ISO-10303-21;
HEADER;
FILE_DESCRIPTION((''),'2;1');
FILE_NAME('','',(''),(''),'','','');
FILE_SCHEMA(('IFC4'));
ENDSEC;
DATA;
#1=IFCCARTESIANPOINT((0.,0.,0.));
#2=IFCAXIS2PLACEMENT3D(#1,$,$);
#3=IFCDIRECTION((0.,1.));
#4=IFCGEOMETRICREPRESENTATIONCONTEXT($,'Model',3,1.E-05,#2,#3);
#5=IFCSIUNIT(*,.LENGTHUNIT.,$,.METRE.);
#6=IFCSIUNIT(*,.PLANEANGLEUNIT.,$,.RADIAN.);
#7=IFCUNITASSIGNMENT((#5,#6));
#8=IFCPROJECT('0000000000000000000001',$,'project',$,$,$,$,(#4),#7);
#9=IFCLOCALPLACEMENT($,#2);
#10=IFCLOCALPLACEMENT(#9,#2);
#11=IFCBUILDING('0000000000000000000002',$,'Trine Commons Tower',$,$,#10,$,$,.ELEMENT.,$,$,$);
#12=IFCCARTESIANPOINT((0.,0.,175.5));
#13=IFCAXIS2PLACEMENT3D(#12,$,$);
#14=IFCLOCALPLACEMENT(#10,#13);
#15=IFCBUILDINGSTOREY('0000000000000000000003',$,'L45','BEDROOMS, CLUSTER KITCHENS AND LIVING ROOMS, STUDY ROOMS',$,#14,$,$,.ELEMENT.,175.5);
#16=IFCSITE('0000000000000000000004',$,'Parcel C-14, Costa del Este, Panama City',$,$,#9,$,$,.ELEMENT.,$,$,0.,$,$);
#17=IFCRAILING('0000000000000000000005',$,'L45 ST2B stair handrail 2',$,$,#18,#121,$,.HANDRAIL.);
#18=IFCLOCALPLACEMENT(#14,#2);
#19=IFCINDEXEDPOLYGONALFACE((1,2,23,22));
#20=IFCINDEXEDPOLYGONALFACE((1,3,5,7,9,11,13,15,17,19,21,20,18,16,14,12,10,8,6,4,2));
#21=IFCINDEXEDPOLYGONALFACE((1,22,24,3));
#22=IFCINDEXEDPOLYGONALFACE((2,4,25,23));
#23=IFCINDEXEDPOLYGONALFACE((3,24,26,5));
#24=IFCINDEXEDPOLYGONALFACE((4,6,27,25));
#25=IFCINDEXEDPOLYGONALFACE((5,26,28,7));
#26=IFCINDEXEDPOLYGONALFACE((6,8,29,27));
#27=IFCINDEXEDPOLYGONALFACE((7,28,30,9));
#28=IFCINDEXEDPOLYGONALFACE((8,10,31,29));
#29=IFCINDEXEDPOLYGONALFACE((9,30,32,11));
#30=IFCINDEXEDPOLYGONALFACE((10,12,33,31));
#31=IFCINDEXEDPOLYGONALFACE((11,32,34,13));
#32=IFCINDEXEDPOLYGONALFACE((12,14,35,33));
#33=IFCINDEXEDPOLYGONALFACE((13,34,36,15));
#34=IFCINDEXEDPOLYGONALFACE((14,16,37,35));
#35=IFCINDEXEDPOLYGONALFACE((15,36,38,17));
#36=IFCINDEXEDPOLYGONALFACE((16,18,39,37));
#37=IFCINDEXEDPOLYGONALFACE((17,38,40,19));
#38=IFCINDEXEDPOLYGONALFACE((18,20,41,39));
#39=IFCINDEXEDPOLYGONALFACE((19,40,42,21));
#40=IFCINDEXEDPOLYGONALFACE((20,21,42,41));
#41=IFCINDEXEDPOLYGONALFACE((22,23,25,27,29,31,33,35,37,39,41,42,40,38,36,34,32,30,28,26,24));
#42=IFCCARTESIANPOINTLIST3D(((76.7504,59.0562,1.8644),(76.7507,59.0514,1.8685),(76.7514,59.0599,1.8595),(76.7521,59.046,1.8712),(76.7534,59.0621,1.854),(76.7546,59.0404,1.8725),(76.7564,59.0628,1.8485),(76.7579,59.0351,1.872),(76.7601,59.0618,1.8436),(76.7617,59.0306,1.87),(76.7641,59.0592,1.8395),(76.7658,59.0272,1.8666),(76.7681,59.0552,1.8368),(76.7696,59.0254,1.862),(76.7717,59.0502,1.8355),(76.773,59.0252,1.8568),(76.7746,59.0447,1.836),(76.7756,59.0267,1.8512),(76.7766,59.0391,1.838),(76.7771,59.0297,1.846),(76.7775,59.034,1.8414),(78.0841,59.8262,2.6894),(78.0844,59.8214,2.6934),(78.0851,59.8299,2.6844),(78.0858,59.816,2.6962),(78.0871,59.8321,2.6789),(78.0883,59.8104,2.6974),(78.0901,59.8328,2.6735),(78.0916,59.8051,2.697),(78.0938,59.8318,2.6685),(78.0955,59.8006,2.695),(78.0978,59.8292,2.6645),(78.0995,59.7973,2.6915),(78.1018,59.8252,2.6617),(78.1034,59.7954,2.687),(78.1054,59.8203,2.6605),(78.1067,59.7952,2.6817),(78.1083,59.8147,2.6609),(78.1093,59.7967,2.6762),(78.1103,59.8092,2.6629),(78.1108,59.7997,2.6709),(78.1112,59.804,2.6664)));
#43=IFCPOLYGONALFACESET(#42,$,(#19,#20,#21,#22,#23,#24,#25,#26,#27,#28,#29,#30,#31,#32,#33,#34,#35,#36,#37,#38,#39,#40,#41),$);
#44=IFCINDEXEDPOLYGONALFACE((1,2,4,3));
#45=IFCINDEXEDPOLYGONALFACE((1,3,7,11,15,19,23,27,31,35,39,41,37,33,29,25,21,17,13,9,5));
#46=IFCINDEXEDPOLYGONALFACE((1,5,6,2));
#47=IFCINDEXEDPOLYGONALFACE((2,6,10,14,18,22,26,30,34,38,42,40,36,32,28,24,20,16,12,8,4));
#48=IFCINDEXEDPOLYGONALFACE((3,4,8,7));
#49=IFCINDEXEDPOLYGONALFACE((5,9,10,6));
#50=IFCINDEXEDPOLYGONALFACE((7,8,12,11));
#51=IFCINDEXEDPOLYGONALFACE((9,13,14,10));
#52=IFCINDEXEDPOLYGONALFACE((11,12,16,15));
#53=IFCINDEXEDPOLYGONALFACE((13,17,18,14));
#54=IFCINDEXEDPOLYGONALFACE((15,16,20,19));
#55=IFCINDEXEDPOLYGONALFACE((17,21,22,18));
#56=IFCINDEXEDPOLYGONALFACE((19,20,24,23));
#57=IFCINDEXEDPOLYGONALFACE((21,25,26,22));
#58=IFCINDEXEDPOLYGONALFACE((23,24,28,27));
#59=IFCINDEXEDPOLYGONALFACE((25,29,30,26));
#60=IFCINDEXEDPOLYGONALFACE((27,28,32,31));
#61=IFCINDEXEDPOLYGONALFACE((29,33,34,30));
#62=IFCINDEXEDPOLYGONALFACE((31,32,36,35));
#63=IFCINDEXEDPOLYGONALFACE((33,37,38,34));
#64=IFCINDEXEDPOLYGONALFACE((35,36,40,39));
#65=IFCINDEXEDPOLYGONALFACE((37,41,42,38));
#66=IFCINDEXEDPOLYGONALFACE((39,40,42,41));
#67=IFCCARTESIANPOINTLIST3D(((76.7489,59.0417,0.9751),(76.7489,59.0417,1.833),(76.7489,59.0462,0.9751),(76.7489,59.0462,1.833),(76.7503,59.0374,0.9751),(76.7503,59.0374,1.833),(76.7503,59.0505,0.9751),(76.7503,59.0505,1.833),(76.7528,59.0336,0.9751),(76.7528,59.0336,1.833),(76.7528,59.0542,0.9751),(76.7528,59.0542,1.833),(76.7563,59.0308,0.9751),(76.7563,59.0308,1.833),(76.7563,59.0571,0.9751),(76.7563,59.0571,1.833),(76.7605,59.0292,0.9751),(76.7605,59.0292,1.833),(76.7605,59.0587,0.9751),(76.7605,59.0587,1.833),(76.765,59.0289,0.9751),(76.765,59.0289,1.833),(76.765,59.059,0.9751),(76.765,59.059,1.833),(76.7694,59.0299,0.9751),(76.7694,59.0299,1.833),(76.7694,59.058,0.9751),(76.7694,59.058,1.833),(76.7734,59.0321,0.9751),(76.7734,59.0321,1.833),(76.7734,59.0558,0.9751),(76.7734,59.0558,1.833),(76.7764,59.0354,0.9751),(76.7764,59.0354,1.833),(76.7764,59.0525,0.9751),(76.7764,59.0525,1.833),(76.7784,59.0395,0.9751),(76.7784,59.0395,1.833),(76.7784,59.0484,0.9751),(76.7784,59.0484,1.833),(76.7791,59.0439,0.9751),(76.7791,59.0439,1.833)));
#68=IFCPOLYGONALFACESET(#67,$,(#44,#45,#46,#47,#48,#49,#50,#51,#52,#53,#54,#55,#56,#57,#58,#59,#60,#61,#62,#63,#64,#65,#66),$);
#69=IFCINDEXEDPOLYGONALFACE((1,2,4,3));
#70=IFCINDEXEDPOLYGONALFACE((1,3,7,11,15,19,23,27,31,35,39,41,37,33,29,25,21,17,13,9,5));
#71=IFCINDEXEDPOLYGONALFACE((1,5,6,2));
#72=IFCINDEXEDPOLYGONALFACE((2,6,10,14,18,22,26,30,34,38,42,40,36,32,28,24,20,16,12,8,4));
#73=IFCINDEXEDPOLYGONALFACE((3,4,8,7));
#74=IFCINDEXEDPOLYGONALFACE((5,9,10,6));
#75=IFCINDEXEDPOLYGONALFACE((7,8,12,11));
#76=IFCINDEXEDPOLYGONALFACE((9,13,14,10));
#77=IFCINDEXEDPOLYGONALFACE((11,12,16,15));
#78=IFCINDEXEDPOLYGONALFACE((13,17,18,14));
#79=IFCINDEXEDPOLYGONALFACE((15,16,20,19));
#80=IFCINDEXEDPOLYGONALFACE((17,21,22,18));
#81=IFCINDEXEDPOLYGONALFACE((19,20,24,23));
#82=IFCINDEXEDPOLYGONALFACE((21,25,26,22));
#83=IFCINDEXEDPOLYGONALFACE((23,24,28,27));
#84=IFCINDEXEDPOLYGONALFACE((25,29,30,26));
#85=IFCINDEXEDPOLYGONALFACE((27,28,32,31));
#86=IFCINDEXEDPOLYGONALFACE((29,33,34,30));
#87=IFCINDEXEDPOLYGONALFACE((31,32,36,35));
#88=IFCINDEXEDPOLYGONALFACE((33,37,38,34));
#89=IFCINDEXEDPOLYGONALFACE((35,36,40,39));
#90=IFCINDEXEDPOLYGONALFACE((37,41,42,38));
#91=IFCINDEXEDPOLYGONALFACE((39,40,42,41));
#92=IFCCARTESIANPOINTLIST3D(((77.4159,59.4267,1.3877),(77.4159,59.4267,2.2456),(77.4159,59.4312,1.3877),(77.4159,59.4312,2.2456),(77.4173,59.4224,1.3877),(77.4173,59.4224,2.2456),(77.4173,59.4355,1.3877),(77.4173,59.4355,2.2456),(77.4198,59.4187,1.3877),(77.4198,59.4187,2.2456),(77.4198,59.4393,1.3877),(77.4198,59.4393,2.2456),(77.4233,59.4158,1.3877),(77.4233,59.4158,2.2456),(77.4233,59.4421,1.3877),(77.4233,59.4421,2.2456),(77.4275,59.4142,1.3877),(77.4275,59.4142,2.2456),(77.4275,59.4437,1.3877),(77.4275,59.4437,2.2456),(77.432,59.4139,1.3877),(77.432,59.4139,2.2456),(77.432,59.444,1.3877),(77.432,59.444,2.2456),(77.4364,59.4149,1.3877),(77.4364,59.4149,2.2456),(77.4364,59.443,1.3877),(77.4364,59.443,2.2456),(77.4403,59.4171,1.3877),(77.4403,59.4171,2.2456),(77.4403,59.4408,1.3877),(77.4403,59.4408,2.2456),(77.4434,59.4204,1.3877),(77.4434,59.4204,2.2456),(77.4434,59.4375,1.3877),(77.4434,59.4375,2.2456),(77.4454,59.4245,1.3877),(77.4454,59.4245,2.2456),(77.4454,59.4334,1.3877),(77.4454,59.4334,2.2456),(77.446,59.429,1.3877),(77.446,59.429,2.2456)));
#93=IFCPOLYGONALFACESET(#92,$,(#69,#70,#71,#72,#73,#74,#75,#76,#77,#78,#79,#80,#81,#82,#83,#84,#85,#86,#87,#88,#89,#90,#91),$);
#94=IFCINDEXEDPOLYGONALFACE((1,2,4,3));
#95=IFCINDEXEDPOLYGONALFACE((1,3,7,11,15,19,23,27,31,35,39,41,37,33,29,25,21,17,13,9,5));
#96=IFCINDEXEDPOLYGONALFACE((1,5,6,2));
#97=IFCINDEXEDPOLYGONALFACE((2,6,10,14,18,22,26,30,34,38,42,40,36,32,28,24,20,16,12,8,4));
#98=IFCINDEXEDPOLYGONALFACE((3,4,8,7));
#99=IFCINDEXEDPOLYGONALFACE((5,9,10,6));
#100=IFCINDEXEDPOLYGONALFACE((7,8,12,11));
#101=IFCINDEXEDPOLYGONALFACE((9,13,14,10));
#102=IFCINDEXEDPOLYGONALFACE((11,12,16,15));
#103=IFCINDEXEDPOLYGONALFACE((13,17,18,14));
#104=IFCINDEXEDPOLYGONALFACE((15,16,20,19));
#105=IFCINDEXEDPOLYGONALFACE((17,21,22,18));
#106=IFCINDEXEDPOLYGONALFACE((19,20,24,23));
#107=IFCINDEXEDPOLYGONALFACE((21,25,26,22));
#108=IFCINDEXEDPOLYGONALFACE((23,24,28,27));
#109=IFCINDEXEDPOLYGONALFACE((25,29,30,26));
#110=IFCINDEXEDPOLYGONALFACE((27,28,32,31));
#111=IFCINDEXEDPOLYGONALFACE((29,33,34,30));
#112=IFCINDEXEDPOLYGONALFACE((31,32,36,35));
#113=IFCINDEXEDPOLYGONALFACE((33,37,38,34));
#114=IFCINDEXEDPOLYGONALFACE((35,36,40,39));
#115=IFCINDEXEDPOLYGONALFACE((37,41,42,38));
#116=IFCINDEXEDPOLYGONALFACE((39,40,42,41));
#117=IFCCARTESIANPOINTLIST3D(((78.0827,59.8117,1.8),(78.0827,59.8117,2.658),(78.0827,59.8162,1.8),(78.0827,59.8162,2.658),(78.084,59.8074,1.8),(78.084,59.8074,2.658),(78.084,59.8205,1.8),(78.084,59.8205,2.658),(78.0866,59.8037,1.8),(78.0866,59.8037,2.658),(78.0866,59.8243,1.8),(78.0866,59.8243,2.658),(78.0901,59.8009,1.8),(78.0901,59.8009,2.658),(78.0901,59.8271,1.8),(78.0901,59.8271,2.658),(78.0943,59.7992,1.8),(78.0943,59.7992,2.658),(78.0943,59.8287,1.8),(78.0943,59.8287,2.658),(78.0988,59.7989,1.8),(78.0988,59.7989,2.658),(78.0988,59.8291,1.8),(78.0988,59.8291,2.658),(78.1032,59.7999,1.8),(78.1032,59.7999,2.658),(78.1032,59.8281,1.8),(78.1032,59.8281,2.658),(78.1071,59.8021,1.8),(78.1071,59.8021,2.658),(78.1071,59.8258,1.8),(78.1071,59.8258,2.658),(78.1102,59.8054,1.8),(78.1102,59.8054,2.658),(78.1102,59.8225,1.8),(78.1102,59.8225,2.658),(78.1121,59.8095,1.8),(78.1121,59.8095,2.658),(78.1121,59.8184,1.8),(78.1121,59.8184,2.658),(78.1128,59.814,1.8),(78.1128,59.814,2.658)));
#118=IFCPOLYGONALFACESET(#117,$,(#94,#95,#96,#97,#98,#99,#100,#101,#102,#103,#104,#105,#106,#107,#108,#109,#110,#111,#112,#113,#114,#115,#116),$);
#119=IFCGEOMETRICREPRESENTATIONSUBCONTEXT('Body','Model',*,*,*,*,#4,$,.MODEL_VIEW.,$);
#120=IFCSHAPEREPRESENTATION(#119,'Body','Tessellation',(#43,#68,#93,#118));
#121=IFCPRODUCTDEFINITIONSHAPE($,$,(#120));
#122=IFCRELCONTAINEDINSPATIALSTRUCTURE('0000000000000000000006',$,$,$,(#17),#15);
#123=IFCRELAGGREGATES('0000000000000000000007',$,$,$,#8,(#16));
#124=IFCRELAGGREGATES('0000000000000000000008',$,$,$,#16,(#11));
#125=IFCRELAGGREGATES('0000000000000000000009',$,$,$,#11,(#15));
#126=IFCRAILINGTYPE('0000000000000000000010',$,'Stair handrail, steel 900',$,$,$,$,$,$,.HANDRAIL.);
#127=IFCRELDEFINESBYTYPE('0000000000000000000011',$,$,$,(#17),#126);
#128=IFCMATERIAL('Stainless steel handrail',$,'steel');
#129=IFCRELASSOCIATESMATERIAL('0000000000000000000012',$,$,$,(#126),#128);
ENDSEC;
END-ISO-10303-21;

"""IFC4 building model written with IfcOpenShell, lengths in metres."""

from ifc_helpers import new_model, si_unit, direction, frame, origin, origin_2d, place, context, subcontext, project, spatial, circle, extrude, material, type_object, element, save


model = new_model("IFC4")

# Units and contexts
model_context = context("Model", 3, precision=1e-05, world=origin(), true_north=direction((0.0, 1.0)))
body_context = subcontext(model_context, "Body", "Model", "MODEL_VIEW")
ifc_project = project(units=[si_unit("LENGTHUNIT", "METRE"), si_unit("PLANEANGLEUNIT", "RADIAN")], contexts=[model_context])

# Site, building, storey
site_placement = place(None, origin())
site = spatial("IfcSite", under=ifc_project, at=site_placement, Name="Parcel C-14, Costa del Este, Panama City", CompositionType="ELEMENT", RefElevation=0.0)
building_placement = place(site_placement, origin())
building = spatial("IfcBuilding", under=site, at=building_placement, Name="Trine Commons Tower", CompositionType="ELEMENT")
storey_placement = place(building_placement, frame((0.0, 0.0, 175.5)))
storey = spatial("IfcBuildingStorey", under=building, at=storey_placement, Name="L45", Description="BEDROOMS, CLUSTER KITCHENS AND LIVING ROOMS, STUDY ROOMS", CompositionType="ELEMENT", Elevation=175.5)

# Railing
ifc_material_1 = material(Name="Stainless steel handrail", Category="steel")
railing_type_1 = type_object("IfcRailingType", Name="Stair handrail, steel 900", PredefinedType="HANDRAIL", material=ifc_material_1)
railing_1_placement = place(storey_placement, frame((76.7639, 59.0439, 0.9751)))
element("IfcRailing", 1, at=railing_1_placement, inside=storey, type_object=railing_type_1, Name="L45 ST2B stair handrail 2", PredefinedType="HANDRAIL", context=body_context, shape_type="SweptSolid", body=[
    extrude(circle(Radius=0.021, at=origin_2d()), frame((0.0, 0.0, 0.8789), z_axis=(0.763405, 0.440743, 0.472185), x_axis=(-0.499992, 0.86603, 0.0)), (0.0, 0.0, 1.0), 1.7471),
    extrude(circle(Radius=0.0151, at=origin_2d()), origin(), (0.0, 0.0, 1.0), 0.8579),
    extrude(circle(Radius=0.0151, at=origin_2d()), frame((0.667, 0.385, 0.4126)), (0.0, 0.0, 1.0), 0.8579),
    extrude(circle(Radius=0.0151, at=origin_2d()), frame((1.3337, 0.77, 0.825)), (0.0, 0.0, 1.0), 0.8579),
])

save(model, "model.ifc")
